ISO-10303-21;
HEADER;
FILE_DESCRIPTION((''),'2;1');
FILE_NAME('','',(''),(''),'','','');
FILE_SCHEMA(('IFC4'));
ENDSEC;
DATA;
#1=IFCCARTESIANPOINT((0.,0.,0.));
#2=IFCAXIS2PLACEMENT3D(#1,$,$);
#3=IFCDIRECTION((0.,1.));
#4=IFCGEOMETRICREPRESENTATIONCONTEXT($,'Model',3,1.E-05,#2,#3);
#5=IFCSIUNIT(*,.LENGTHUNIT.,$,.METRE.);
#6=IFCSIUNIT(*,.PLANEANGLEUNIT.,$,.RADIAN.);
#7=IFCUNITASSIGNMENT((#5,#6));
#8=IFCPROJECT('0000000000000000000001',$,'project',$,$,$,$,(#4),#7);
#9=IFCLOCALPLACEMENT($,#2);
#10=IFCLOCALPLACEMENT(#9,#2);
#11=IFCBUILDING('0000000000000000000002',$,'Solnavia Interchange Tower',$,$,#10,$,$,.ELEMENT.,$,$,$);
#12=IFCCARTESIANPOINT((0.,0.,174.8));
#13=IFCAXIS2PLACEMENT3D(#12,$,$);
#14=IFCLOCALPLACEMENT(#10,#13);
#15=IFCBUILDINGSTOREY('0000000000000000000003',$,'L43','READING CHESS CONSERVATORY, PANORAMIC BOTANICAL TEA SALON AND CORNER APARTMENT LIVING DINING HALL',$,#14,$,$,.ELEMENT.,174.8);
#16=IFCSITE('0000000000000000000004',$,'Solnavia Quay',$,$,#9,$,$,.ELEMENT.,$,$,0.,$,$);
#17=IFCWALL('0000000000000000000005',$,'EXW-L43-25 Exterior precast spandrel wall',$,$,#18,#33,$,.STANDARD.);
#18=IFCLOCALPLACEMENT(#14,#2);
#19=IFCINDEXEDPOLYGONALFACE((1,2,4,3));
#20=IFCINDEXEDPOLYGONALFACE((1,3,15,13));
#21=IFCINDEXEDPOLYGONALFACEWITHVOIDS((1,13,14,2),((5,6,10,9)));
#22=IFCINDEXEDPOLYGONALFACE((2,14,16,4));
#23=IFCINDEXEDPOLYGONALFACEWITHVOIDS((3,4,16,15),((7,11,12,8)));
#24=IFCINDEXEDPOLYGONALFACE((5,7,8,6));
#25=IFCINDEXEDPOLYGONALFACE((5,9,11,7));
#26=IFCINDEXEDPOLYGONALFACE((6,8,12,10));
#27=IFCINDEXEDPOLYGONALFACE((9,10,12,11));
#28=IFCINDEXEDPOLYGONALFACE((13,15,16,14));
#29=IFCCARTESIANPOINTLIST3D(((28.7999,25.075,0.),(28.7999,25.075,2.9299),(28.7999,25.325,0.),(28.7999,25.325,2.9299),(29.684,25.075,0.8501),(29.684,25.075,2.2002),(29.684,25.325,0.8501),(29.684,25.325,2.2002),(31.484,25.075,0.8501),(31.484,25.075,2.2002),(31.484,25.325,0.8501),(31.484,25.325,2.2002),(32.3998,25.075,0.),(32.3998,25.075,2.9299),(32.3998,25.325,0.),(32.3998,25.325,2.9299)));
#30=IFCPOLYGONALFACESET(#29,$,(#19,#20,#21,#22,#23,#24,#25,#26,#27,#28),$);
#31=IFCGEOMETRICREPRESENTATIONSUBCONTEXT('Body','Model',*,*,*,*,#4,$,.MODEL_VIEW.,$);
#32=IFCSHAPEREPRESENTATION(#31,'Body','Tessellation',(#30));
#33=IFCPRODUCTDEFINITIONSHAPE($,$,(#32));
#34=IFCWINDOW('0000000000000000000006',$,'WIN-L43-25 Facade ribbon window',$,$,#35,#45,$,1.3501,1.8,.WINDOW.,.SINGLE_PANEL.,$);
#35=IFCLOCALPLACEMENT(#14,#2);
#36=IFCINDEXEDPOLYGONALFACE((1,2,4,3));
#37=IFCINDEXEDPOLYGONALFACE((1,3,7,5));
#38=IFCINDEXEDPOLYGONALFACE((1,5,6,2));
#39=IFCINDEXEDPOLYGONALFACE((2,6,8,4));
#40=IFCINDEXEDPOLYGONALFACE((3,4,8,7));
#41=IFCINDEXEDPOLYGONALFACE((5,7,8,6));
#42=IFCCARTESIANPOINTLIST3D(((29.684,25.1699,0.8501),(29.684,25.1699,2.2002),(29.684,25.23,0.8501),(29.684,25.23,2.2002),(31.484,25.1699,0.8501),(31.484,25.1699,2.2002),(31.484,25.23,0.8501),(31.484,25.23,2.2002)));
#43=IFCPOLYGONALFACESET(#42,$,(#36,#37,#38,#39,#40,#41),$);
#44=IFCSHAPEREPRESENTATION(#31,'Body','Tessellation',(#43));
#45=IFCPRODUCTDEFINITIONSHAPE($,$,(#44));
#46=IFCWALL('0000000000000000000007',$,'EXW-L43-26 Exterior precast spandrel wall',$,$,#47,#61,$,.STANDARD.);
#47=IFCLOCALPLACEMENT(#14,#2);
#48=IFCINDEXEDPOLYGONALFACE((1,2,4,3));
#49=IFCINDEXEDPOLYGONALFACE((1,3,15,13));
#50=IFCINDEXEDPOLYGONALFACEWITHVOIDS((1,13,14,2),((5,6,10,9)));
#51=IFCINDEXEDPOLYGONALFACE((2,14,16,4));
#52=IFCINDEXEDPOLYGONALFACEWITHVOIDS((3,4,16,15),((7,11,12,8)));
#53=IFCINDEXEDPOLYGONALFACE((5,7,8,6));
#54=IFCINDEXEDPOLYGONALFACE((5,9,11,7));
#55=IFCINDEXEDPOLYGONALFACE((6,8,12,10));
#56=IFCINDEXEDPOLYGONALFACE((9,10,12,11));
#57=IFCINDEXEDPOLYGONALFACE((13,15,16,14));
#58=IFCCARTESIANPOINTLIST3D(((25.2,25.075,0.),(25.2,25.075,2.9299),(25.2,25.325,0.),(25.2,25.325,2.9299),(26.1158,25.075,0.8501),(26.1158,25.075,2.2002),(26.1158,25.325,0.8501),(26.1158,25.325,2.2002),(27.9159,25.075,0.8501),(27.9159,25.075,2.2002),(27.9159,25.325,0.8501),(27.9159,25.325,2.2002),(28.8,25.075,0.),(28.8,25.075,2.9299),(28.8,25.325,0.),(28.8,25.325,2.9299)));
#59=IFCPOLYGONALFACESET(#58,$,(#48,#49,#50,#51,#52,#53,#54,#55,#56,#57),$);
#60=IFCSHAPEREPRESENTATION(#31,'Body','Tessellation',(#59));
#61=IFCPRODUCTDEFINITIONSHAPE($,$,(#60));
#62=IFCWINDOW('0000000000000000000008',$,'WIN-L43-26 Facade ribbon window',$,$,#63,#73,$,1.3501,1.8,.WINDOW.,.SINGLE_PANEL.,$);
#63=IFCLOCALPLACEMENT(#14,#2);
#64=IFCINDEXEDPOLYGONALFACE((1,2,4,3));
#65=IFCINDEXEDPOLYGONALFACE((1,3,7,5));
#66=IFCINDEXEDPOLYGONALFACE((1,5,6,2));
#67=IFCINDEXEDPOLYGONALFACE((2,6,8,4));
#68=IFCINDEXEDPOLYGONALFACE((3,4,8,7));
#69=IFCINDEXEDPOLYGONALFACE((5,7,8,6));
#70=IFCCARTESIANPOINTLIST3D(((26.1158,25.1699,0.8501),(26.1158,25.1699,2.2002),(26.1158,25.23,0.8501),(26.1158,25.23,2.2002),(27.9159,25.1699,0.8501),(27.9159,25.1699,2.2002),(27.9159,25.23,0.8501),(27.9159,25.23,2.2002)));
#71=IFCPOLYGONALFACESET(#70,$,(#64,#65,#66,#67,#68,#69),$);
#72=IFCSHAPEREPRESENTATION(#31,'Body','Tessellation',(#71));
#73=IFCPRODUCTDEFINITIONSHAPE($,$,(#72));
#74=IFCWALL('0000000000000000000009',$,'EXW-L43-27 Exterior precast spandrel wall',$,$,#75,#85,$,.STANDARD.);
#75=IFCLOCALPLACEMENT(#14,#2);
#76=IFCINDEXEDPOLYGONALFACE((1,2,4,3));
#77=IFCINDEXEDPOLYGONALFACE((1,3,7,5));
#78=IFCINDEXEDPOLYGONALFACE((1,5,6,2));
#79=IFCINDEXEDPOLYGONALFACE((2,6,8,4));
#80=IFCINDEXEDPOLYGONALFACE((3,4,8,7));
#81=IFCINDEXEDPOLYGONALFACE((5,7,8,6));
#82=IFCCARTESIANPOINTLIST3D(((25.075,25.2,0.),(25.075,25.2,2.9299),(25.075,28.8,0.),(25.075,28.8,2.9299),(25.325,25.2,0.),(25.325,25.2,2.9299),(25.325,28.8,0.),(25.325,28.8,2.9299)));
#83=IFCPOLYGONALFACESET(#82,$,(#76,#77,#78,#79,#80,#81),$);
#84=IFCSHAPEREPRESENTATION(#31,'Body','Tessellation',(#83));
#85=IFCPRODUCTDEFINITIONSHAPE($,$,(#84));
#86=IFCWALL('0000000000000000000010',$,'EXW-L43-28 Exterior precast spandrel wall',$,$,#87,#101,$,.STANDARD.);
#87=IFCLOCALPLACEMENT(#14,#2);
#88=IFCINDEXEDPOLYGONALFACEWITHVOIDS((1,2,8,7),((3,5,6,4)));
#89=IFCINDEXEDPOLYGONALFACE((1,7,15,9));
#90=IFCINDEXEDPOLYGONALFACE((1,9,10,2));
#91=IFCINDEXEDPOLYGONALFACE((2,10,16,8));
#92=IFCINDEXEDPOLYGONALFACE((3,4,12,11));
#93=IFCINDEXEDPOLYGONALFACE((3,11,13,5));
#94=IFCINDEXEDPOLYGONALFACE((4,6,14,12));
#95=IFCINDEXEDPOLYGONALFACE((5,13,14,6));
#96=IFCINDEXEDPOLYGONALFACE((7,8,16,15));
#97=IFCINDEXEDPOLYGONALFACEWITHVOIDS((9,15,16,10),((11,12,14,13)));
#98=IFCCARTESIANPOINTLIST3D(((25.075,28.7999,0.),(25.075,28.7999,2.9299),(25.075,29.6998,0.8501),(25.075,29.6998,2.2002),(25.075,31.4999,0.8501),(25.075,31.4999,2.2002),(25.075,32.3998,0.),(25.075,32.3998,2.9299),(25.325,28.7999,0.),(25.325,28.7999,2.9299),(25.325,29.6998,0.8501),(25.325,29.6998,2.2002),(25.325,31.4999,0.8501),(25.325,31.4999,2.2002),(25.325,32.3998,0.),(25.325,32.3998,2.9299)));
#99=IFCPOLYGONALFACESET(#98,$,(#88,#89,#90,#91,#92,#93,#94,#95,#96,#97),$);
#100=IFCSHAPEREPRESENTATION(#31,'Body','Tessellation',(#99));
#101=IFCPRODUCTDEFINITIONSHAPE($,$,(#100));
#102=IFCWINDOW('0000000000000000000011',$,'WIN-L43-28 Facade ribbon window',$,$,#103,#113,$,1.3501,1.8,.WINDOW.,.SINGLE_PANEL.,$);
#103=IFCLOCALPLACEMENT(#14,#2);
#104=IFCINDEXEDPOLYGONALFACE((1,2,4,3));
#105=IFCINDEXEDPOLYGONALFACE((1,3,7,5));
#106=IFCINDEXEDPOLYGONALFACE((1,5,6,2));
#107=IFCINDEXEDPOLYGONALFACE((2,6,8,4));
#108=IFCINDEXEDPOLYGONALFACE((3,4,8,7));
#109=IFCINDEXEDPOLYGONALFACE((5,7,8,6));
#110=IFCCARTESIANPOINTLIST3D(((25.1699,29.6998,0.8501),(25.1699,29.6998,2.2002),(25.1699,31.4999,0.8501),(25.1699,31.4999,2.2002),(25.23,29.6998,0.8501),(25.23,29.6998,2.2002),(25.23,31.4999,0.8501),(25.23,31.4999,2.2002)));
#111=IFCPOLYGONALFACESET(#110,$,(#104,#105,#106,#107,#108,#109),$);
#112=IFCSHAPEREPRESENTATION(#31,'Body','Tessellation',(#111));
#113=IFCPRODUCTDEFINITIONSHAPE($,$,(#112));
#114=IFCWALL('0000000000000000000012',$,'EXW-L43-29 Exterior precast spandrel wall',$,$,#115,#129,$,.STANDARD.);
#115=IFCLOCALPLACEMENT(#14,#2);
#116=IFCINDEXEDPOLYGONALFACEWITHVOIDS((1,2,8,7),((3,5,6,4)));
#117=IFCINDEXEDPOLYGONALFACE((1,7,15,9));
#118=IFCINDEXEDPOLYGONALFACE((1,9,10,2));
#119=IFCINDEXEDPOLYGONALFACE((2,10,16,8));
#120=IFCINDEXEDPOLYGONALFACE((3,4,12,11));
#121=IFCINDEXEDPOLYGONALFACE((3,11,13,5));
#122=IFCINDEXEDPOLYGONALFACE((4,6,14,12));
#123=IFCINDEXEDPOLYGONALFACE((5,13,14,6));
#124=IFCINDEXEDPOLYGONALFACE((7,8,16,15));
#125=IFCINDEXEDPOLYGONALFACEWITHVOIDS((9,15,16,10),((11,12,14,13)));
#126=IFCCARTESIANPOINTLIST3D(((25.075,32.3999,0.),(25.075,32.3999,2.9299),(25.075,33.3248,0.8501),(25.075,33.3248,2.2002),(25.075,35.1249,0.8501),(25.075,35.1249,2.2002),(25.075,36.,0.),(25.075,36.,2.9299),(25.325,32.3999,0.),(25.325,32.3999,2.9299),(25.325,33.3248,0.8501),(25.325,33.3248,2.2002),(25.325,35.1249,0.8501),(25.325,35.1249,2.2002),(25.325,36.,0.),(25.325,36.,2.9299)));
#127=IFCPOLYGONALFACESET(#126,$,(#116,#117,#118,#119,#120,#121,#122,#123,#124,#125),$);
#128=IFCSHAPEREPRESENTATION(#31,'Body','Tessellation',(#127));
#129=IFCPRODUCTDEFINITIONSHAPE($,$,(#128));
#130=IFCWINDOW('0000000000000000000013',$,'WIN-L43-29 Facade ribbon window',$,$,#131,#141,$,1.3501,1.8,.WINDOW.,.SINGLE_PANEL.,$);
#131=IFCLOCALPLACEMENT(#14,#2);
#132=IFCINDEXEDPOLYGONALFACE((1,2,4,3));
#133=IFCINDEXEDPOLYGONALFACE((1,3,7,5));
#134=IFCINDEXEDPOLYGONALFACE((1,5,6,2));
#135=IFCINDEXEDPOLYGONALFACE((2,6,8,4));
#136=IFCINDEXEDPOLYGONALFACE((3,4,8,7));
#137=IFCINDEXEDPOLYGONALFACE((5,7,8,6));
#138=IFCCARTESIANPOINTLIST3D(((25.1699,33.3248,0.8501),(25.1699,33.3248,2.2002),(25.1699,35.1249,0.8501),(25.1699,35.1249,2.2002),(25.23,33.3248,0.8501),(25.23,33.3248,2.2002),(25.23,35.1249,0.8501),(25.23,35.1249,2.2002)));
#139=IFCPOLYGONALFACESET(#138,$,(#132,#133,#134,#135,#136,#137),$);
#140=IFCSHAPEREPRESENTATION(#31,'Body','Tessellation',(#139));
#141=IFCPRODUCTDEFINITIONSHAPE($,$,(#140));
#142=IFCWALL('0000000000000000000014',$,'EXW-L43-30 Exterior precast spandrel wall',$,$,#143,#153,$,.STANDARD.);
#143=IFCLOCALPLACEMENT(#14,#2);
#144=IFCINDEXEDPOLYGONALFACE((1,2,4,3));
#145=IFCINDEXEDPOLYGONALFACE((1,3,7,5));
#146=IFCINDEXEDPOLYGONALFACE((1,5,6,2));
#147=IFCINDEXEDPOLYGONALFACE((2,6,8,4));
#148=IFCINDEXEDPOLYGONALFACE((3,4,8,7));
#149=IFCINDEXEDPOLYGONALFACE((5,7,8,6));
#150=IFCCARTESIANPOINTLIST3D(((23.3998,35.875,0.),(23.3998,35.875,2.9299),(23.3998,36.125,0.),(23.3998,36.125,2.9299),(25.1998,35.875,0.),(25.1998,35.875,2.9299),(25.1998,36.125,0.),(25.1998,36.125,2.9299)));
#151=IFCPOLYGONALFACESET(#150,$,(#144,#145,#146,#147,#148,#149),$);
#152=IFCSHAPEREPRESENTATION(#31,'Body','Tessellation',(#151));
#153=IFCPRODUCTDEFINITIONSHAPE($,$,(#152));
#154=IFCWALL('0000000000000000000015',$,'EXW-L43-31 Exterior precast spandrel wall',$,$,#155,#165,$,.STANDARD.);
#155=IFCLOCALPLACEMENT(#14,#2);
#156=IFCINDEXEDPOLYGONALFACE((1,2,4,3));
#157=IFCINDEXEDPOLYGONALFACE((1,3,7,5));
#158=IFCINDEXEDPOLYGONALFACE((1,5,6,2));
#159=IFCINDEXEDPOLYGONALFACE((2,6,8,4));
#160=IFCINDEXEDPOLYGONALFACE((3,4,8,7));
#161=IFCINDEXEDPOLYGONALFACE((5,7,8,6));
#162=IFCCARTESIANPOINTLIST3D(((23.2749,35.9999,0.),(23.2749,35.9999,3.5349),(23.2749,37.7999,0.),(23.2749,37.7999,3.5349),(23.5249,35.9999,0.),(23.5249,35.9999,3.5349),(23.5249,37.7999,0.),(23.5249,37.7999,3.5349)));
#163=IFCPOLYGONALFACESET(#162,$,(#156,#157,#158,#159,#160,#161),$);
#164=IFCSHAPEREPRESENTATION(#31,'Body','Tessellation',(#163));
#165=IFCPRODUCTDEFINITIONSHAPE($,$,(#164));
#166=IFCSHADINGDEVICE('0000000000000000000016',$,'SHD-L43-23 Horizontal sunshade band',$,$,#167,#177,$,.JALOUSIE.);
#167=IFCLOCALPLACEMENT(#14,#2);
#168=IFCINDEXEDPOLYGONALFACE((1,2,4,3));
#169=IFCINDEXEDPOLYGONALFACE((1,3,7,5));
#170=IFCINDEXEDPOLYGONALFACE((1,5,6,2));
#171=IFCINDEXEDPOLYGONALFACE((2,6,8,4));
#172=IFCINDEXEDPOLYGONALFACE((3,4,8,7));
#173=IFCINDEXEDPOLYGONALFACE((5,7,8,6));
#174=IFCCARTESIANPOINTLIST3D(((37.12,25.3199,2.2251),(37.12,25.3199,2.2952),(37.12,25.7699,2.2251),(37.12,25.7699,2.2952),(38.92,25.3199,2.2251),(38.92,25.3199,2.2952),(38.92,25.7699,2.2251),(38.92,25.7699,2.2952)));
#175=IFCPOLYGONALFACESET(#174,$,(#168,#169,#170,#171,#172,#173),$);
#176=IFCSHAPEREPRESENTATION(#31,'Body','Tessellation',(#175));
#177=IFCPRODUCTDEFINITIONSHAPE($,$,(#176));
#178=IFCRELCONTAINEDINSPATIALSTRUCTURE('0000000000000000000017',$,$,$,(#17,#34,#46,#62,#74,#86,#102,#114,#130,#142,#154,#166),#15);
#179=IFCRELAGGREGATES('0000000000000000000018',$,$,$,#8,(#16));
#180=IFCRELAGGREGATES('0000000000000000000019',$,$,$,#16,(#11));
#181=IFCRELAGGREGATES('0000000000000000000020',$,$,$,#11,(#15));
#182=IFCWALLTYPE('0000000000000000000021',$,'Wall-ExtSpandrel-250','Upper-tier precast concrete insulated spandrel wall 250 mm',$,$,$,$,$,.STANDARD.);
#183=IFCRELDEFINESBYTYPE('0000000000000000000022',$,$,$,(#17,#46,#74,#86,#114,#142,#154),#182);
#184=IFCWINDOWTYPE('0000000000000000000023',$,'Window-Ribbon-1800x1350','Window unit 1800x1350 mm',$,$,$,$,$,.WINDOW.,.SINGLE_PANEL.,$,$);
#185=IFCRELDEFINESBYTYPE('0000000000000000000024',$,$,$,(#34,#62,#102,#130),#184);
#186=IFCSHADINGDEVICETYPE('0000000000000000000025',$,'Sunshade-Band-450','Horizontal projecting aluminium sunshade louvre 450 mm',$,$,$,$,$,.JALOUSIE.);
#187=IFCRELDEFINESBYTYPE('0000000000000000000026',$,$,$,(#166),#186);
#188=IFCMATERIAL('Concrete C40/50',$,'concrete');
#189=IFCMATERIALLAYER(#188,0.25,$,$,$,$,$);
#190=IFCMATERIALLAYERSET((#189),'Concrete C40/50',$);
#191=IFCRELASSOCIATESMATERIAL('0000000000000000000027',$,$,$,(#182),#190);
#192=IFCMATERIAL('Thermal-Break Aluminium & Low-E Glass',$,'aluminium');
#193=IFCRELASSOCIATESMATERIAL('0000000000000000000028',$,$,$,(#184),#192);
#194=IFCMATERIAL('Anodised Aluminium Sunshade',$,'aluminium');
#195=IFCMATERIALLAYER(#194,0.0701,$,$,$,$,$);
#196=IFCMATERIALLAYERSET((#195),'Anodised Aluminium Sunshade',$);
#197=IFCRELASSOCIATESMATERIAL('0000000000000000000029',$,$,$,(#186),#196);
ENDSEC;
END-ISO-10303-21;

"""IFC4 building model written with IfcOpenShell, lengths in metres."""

from ifc_helpers import new_model, si_unit, direction, frame, frame_2d, origin, origin_2d, place, context, subcontext, project, spatial, rectangle, extrude, material, layer, layer_set, type_object, element, fill, save


model = new_model("IFC4")

# Units and contexts
model_context = context("Model", 3, precision=1e-05, world=origin(), true_north=direction((0.0, 1.0)))
body_context = subcontext(model_context, "Body", "Model", "MODEL_VIEW")
ifc_project = project(units=[si_unit("LENGTHUNIT", "METRE"), si_unit("PLANEANGLEUNIT", "RADIAN")], contexts=[model_context])

# Site, building, storey
site_placement = place(None, origin())
site = spatial("IfcSite", under=ifc_project, at=site_placement, Name="Solnavia Quay", CompositionType="ELEMENT", RefElevation=0.0)
building_placement = place(site_placement, origin())
building = spatial("IfcBuilding", under=site, at=building_placement, Name="Solnavia Interchange Tower", CompositionType="ELEMENT")
storey_placement = place(building_placement, frame((0.0, 0.0, 174.8)))
storey = spatial("IfcBuildingStorey", under=building, at=storey_placement, Name="L43", Description="READING CHESS CONSERVATORY, PANORAMIC BOTANICAL TEA SALON AND CORNER APARTMENT LIVING DINING HALL", CompositionType="ELEMENT", Elevation=174.8)

# Shared definitions
ifc_material_1 = material(Name="Concrete C40/50", Category="concrete")
ifc_layer_1 = layer(ifc_material_1, 0.25)
ifc_layer_set_1 = layer_set([ifc_layer_1], Name="Concrete C40/50")
wall_type = type_object("IfcWallType", Name="Wall-ExtSpandrel-250", Description="Upper-tier precast concrete insulated spandrel wall 250 mm", PredefinedType="STANDARD", material=ifc_layer_set_1)
ifc_material_2 = material(Name="Thermal-Break Aluminium & Low-E Glass", Category="aluminium")
window_type = type_object("IfcWindowType", Name="Window-Ribbon-1800x1350", Description="Window unit 1800x1350 mm", PartitioningType="SINGLE_PANEL", PredefinedType="WINDOW", material=ifc_material_2)

# Walls, openings, windows
wall_1_placement = place(storey_placement, frame((28.8, 25.2, 0.0), z_axis=(0.0, 0.0, 1.0), x_axis=(1.0, 0.0, 0.0)))
wall_1 = element("IfcWall", 1, at=wall_1_placement, inside=storey, type_object=wall_type, Name="EXW-L43-25 Exterior precast spandrel wall", PredefinedType="STANDARD", context=body_context, shape_type="SweptSolid", body=[
    extrude(rectangle(XDim=3.5999, YDim=0.25, at=frame_2d((1.7998, 0.0))), origin(), (0.0, 0.0, 1.0), 2.9299),
])
opening_1_placement = place(wall_1_placement, frame((0.884, 0.0, 0.8501)))
opening_1 = element("IfcOpeningElement", 2, at=opening_1_placement, cuts=wall_1, PredefinedType="OPENING", context=body_context, shape_type="SweptSolid", body=[
    extrude(rectangle(XDim=1.8, YDim=1.3501, at=frame_2d((0.8999, 0.675))), frame((0.0, 0.135, 0.0), z_axis=(0.0, -1.0, 0.0), x_axis=(1.0, 0.0, 0.0)), (0.0, 0.0, 1.0), 0.27),
])
window_1_placement = place(opening_1_placement, origin())
window_1 = element("IfcWindow", 3, at=window_1_placement, inside=storey, type_object=window_type, Name="WIN-L43-25 Facade ribbon window", OverallHeight=1.3501, OverallWidth=1.8, PartitioningType="SINGLE_PANEL", PredefinedType="WINDOW", context=body_context, shape_type="SweptSolid", body=[
    extrude(rectangle(XDim=1.8, YDim=1.3501, at=frame_2d((0.8999, 0.675))), frame((0.0, 0.03, 0.0), z_axis=(0.0, -1.0, 0.0), x_axis=(1.0, 0.0, 0.0)), (0.0, 0.0, 1.0), 0.0601),
])
fill(opening_1, window_1)
wall_2_placement = place(storey_placement, frame((25.2, 25.2, 0.0), z_axis=(0.0, 0.0, 1.0), x_axis=(1.0, 0.0, 0.0)))
wall_2 = element("IfcWall", 4, at=wall_2_placement, inside=storey, type_object=wall_type, Name="EXW-L43-26 Exterior precast spandrel wall", PredefinedType="STANDARD", context=body_context, shape_type="SweptSolid", body=[
    extrude(rectangle(XDim=3.6001, YDim=0.25, at=frame_2d((1.8, 0.0))), origin(), (0.0, 0.0, 1.0), 2.9299),
])
opening_2_placement = place(wall_2_placement, frame((0.916, 0.0, 0.8501)))
opening_2 = element("IfcOpeningElement", 5, at=opening_2_placement, cuts=wall_2, PredefinedType="OPENING", context=body_context, shape_type="SweptSolid", body=[
    extrude(rectangle(XDim=1.8, YDim=1.3501, at=frame_2d((0.8999, 0.675))), frame((0.0, 0.135, 0.0), z_axis=(0.0, -1.0, 0.0), x_axis=(1.0, 0.0, 0.0)), (0.0, 0.0, 1.0), 0.27),
])
window_2_placement = place(opening_2_placement, origin())
window_2 = element("IfcWindow", 6, at=window_2_placement, inside=storey, type_object=window_type, Name="WIN-L43-26 Facade ribbon window", OverallHeight=1.3501, OverallWidth=1.8, PartitioningType="SINGLE_PANEL", PredefinedType="WINDOW", context=body_context, shape_type="SweptSolid", body=[
    extrude(rectangle(XDim=1.8, YDim=1.3501, at=frame_2d((0.8999, 0.675))), frame((0.0, 0.03, 0.0), z_axis=(0.0, -1.0, 0.0), x_axis=(1.0, 0.0, 0.0)), (0.0, 0.0, 1.0), 0.0601),
])
fill(opening_2, window_2)

# Wall
wall_3_placement = place(storey_placement, frame((25.2, 25.2, 0.0), z_axis=(0.0, 0.0, 1.0), x_axis=(0.0, 1.0, 0.0)))
element("IfcWall", 7, at=wall_3_placement, inside=storey, type_object=wall_type, Name="EXW-L43-27 Exterior precast spandrel wall", PredefinedType="STANDARD", context=body_context, shape_type="SweptSolid", body=[
    extrude(rectangle(XDim=3.6001, YDim=0.25, at=frame_2d((1.8, 0.0))), origin(), (0.0, 0.0, 1.0), 2.9299),
])

# Walls, openings, windows
wall_4_placement = place(storey_placement, frame((25.2, 28.8, 0.0), z_axis=(0.0, 0.0, 1.0), x_axis=(0.0, 1.0, 0.0)))
wall_4 = element("IfcWall", 8, at=wall_4_placement, inside=storey, type_object=wall_type, Name="EXW-L43-28 Exterior precast spandrel wall", PredefinedType="STANDARD", context=body_context, shape_type="SweptSolid", body=[
    extrude(rectangle(XDim=3.5999, YDim=0.25, at=frame_2d((1.7998, 0.0))), origin(), (0.0, 0.0, 1.0), 2.9299),
])
opening_3_placement = place(wall_4_placement, frame((0.8999, 0.0, 0.8501)))
opening_3 = element("IfcOpeningElement", 9, at=opening_3_placement, cuts=wall_4, PredefinedType="OPENING", context=body_context, shape_type="SweptSolid", body=[
    extrude(rectangle(XDim=1.8, YDim=1.3501, at=frame_2d((0.8999, 0.675))), frame((0.0, 0.135, 0.0), z_axis=(0.0, -1.0, 0.0), x_axis=(1.0, 0.0, 0.0)), (0.0, 0.0, 1.0), 0.27),
])
window_3_placement = place(opening_3_placement, origin())
window_3 = element("IfcWindow", 10, at=window_3_placement, inside=storey, type_object=window_type, Name="WIN-L43-28 Facade ribbon window", OverallHeight=1.3501, OverallWidth=1.8, PartitioningType="SINGLE_PANEL", PredefinedType="WINDOW", context=body_context, shape_type="SweptSolid", body=[
    extrude(rectangle(XDim=1.8, YDim=1.3501, at=frame_2d((0.8999, 0.675))), frame((0.0, 0.03, 0.0), z_axis=(0.0, -1.0, 0.0), x_axis=(1.0, 0.0, 0.0)), (0.0, 0.0, 1.0), 0.0601),
])
fill(opening_3, window_3)
wall_5_placement = place(storey_placement, frame((25.2, 32.3999, 0.0), z_axis=(0.0, 0.0, 1.0), x_axis=(0.0, 1.0, 0.0)))
wall_5 = element("IfcWall", 11, at=wall_5_placement, inside=storey, type_object=wall_type, Name="EXW-L43-29 Exterior precast spandrel wall", PredefinedType="STANDARD", context=body_context, shape_type="SweptSolid", body=[
    extrude(rectangle(XDim=3.6001, YDim=0.25, at=frame_2d((1.8, 0.0))), origin(), (0.0, 0.0, 1.0), 2.9299),
])
opening_4_placement = place(wall_5_placement, frame((0.925, 0.0, 0.8501)))
opening_4 = element("IfcOpeningElement", 12, at=opening_4_placement, cuts=wall_5, PredefinedType="OPENING", context=body_context, shape_type="SweptSolid", body=[
    extrude(rectangle(XDim=1.8, YDim=1.3501, at=frame_2d((0.8999, 0.675))), frame((0.0, 0.135, 0.0), z_axis=(0.0, -1.0, 0.0), x_axis=(1.0, 0.0, 0.0)), (0.0, 0.0, 1.0), 0.27),
])
window_4_placement = place(opening_4_placement, origin())
window_4 = element("IfcWindow", 13, at=window_4_placement, inside=storey, type_object=window_type, Name="WIN-L43-29 Facade ribbon window", OverallHeight=1.3501, OverallWidth=1.8, PartitioningType="SINGLE_PANEL", PredefinedType="WINDOW", context=body_context, shape_type="SweptSolid", body=[
    extrude(rectangle(XDim=1.8, YDim=1.3501, at=frame_2d((0.8999, 0.675))), frame((0.0, 0.03, 0.0), z_axis=(0.0, -1.0, 0.0), x_axis=(1.0, 0.0, 0.0)), (0.0, 0.0, 1.0), 0.0601),
])
fill(opening_4, window_4)

# Walls
wall_6_placement = place(storey_placement, frame((23.3999, 36.0, 0.0), z_axis=(0.0, 0.0, 1.0), x_axis=(1.0, 0.0, 0.0)))
element("IfcWall", 14, at=wall_6_placement, inside=storey, type_object=wall_type, Name="EXW-L43-30 Exterior precast spandrel wall", PredefinedType="STANDARD", context=body_context, shape_type="SweptSolid", body=[
    extrude(rectangle(XDim=1.8, YDim=0.25, at=frame_2d((0.8999, 0.0))), origin(), (0.0, 0.0, 1.0), 2.9299),
])
wall_7_placement = place(storey_placement, frame((23.3999, 36.0, 0.0), z_axis=(0.0, 0.0, 1.0), x_axis=(0.0, 1.0, 0.0)))
element("IfcWall", 15, at=wall_7_placement, inside=storey, type_object=wall_type, Name="EXW-L43-31 Exterior precast spandrel wall", PredefinedType="STANDARD", context=body_context, shape_type="SweptSolid", body=[
    extrude(rectangle(XDim=1.8, YDim=0.25, at=frame_2d((0.8999, 0.0))), origin(), (0.0, 0.0, 1.0), 3.5349),
])

# Shading device
ifc_material_3 = material(Name="Anodised Aluminium Sunshade", Category="aluminium")
ifc_layer_2 = layer(ifc_material_3, 0.0701)
ifc_layer_set_2 = layer_set([ifc_layer_2], Name="Anodised Aluminium Sunshade")
shading_device_type = type_object("IfcShadingDeviceType", Name="Sunshade-Band-450", Description="Horizontal projecting aluminium sunshade louvre 450 mm", PredefinedType="JALOUSIE", material=ifc_layer_set_2)
for number, where, z_axis, x_axis, name in (
    (16, (38.02, 25.5449, 2.2251), (0.0, 0.0, 1.0), (1.0, 0.0, 0.0), "SHD-L43-23 Horizontal sunshade band"),
):
    element("IfcShadingDevice", number, at=place(storey_placement, frame(where, z_axis=z_axis, x_axis=x_axis)), inside=storey, type_object=shading_device_type, Name=name, PredefinedType="JALOUSIE", context=body_context, shape_type="SweptSolid", body=[
        extrude(rectangle(XDim=1.8, YDim=0.45, at=origin_2d()), origin(), (0.0, 0.0, 1.0), 0.0701),
    ])

save(model, "model.ifc")
